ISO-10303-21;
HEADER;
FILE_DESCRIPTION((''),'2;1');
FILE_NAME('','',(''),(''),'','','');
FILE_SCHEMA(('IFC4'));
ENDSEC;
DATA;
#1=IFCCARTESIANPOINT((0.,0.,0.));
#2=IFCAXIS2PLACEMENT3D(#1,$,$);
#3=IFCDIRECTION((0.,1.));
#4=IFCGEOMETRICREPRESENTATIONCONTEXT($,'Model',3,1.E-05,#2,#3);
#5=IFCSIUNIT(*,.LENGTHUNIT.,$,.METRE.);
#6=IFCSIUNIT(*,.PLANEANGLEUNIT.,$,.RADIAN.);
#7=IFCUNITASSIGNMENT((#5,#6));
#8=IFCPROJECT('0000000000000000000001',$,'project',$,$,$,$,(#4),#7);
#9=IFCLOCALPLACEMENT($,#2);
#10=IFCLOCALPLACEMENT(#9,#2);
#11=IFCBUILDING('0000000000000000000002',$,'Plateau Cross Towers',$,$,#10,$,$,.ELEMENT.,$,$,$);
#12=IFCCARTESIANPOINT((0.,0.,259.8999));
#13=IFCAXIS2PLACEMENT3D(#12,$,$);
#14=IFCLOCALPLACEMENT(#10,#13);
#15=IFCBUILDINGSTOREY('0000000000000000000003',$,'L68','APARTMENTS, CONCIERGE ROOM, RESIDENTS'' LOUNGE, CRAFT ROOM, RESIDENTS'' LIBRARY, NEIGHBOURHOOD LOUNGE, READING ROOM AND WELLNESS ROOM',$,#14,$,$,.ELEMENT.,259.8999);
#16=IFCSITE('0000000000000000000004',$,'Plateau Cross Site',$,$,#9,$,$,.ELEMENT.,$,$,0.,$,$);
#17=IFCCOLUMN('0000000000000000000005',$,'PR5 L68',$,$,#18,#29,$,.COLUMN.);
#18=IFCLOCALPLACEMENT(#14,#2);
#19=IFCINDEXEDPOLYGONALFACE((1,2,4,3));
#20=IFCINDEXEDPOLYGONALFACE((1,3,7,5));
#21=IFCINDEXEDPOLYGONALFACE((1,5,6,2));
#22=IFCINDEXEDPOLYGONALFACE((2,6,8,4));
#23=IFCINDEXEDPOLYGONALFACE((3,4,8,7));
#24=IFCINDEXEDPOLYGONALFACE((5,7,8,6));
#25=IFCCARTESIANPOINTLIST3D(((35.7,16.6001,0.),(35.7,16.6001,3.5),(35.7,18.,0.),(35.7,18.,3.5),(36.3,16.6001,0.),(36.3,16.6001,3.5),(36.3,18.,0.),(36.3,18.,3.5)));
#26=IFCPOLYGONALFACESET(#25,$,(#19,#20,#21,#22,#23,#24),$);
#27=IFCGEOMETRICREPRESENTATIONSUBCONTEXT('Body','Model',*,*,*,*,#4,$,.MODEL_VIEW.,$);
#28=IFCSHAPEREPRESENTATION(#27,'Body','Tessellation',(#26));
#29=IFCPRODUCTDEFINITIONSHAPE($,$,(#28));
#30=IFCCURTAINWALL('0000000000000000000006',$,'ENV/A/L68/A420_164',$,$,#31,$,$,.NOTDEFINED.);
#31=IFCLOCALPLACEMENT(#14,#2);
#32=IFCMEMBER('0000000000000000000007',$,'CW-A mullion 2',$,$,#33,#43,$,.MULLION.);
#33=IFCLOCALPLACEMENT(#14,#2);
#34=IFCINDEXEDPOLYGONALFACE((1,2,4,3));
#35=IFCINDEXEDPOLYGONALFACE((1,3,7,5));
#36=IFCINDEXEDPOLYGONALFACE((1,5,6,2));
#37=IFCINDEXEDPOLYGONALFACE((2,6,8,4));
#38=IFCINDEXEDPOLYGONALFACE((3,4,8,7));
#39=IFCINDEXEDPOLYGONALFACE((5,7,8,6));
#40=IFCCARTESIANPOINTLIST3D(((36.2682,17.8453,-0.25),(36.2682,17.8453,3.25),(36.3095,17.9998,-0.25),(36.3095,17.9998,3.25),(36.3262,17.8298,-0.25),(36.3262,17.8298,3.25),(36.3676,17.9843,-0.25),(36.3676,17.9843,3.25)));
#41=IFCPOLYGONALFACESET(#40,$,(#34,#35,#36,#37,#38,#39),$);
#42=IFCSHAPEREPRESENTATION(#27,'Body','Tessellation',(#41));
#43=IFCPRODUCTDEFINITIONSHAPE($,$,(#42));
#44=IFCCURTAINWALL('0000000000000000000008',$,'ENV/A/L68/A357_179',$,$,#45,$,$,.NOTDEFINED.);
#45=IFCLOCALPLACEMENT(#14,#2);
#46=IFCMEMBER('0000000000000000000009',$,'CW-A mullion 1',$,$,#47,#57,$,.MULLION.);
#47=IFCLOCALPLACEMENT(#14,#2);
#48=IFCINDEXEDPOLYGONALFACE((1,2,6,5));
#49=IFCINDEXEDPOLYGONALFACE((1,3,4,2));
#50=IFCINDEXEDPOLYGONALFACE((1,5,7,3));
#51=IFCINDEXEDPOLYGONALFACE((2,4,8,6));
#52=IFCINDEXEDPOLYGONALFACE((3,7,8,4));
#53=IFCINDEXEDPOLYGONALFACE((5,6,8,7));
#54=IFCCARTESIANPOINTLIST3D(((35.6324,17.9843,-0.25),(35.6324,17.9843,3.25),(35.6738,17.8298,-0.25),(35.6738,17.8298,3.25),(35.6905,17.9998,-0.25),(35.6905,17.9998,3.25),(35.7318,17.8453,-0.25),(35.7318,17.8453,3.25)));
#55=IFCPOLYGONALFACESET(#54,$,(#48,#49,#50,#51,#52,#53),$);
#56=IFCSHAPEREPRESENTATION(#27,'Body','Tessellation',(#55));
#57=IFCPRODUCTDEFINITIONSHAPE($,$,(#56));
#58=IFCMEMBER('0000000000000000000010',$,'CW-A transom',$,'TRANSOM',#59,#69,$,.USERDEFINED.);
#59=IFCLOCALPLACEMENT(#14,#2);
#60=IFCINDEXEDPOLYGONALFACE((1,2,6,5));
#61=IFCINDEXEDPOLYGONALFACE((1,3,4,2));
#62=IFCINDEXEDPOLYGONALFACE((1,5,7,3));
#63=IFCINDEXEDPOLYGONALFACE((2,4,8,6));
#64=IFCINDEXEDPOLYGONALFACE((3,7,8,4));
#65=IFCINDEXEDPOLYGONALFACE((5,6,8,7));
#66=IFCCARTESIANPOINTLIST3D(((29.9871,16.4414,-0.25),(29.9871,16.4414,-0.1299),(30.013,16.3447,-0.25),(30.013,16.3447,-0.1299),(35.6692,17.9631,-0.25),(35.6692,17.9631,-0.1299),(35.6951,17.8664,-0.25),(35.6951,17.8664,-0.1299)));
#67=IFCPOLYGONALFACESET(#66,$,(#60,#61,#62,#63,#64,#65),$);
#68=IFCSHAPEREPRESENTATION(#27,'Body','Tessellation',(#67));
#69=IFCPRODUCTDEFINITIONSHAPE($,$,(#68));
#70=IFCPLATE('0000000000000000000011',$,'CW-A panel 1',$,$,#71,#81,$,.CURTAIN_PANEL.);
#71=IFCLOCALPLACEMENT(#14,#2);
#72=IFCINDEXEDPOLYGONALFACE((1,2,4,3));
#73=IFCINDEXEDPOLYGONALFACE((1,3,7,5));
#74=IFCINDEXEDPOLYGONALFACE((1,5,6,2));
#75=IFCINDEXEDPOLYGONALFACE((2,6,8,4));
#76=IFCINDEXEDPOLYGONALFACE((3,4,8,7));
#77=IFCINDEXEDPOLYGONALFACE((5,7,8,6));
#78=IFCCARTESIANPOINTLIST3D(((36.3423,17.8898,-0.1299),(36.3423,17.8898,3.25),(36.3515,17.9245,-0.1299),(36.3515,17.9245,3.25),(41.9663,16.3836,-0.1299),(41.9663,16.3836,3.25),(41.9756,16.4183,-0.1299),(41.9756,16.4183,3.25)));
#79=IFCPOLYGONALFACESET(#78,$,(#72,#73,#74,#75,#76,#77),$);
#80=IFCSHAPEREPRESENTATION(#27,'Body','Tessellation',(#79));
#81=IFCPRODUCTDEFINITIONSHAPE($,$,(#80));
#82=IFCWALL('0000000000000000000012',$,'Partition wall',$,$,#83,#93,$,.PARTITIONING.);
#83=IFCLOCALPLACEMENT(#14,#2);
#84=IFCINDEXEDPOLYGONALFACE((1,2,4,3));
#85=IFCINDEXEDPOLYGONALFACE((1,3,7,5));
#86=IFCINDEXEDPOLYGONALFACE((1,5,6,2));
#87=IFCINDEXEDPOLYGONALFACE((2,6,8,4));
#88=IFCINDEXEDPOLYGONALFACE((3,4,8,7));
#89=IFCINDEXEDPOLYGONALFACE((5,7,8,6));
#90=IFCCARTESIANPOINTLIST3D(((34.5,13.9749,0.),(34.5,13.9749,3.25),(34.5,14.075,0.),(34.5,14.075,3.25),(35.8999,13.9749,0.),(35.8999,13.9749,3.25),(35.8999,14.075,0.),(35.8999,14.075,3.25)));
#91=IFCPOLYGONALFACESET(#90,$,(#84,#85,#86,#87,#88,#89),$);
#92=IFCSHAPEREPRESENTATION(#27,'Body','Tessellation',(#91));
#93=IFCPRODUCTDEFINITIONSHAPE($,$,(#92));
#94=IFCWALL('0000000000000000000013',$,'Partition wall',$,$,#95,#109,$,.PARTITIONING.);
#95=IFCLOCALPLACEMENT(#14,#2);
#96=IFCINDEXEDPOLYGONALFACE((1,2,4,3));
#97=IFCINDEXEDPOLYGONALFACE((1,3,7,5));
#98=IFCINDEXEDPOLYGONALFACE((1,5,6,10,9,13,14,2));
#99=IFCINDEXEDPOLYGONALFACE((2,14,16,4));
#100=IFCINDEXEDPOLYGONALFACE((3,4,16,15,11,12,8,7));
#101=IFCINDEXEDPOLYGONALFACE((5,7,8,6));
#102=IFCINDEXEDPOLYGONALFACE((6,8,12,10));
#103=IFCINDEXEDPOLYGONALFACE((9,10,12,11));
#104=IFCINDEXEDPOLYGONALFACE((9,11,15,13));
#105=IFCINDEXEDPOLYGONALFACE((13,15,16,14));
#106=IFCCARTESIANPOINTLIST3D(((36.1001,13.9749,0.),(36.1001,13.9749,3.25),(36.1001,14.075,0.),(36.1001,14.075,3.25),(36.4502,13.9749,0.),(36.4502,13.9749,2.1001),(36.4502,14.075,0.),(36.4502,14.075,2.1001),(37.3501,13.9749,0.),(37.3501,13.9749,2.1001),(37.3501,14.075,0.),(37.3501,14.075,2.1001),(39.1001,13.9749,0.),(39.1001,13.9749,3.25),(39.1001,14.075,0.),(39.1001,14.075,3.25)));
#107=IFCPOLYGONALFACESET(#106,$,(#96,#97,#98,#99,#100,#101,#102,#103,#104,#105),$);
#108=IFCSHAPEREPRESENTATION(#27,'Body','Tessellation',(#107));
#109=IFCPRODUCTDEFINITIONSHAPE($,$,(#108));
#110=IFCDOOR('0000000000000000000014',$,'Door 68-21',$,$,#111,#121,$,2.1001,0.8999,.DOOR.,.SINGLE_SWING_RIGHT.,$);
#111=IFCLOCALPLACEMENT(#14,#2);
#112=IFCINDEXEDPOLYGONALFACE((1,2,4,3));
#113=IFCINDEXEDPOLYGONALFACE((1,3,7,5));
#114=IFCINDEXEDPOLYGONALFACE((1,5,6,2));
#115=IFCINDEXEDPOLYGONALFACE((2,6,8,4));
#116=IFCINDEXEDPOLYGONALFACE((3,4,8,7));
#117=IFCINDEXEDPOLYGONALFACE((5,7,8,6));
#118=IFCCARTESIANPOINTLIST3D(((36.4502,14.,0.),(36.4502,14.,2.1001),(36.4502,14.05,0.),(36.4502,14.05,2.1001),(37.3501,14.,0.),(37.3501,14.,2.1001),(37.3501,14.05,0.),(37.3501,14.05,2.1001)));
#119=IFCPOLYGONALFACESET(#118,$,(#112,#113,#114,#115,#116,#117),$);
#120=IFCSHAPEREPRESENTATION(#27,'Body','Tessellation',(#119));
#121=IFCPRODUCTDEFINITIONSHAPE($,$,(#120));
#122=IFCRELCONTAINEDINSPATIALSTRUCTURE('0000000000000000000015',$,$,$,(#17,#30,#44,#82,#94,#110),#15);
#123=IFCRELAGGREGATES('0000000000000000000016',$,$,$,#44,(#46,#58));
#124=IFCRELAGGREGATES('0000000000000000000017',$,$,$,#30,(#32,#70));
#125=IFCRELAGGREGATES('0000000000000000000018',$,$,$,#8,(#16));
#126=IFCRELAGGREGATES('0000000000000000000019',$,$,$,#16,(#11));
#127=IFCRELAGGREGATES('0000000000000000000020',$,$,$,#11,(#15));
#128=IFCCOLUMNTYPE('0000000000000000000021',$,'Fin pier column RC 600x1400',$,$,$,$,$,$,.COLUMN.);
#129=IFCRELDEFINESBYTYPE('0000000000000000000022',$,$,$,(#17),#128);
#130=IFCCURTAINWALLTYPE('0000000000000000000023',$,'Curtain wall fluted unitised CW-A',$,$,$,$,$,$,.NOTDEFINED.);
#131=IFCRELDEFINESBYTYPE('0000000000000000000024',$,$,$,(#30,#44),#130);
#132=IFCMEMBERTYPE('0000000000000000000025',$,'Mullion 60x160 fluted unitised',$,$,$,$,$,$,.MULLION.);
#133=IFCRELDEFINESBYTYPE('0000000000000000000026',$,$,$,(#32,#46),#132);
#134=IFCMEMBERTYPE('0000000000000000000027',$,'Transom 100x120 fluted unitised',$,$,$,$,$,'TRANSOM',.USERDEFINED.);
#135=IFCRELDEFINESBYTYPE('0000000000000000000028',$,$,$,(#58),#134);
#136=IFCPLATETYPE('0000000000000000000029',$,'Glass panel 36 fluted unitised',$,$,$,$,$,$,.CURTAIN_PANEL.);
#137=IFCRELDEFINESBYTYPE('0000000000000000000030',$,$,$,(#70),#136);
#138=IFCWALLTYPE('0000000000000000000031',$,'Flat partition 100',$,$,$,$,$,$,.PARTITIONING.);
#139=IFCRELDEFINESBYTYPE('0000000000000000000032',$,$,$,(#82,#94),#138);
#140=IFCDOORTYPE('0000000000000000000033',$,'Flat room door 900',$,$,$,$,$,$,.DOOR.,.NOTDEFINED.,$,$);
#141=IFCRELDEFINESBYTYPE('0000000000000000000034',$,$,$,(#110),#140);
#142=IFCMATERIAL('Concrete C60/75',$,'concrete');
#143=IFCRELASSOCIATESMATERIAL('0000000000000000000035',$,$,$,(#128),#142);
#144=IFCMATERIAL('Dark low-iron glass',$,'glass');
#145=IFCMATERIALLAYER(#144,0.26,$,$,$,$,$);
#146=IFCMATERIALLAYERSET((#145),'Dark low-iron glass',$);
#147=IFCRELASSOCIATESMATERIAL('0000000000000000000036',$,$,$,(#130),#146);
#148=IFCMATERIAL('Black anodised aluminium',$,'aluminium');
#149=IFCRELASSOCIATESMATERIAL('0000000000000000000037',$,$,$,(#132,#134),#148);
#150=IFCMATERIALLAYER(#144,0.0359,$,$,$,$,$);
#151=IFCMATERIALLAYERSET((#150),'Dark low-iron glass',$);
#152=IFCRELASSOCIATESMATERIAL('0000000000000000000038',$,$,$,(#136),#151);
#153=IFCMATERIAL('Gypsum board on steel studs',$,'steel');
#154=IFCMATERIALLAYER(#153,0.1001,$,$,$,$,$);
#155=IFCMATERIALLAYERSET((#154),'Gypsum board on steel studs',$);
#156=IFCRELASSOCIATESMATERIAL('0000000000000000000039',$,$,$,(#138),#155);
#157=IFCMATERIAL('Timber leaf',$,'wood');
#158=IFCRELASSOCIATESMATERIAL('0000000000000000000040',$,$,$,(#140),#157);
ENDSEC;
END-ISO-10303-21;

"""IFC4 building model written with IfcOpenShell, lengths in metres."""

from ifc_helpers import new_model, si_unit, direction, frame, frame_2d, origin, origin_2d, place, context, subcontext, project, spatial, rectangle, extrude, material, layer, layer_set, material_profile, profile_set, type_object, element, fill, aggregate, save


model = new_model("IFC4")

# Units and contexts
model_context = context("Model", 3, precision=1e-05, world=origin(), true_north=direction((0.0, 1.0)))
body_context = subcontext(model_context, "Body", "Model", "MODEL_VIEW")
ifc_project = project(units=[si_unit("LENGTHUNIT", "METRE"), si_unit("PLANEANGLEUNIT", "RADIAN")], contexts=[model_context])

# Site, building, storey
site_placement = place(None, origin())
site = spatial("IfcSite", under=ifc_project, at=site_placement, Name="Plateau Cross Site", CompositionType="ELEMENT", RefElevation=0.0)
building_placement = place(site_placement, origin())
building = spatial("IfcBuilding", under=site, at=building_placement, Name="Plateau Cross Towers", CompositionType="ELEMENT")
storey_placement = place(building_placement, frame((0.0, 0.0, 259.8999)))
storey = spatial("IfcBuildingStorey", under=building, at=storey_placement, Name="L68", Description="APARTMENTS, CONCIERGE ROOM, RESIDENTS' LOUNGE, CRAFT ROOM, RESIDENTS' LIBRARY, NEIGHBOURHOOD LOUNGE, READING ROOM AND WELLNESS ROOM", CompositionType="ELEMENT", Elevation=259.8999)

# Column
ifc_material_1 = material(Name="Concrete C60/75", Category="concrete")
ifc_material_profile_1 = material_profile(ifc_material_1, rectangle(XDim=0.6001, YDim=1.3999, at=origin_2d()), Name="RC 600x1400")
ifc_profile_set_1 = profile_set([ifc_material_profile_1], Name="Concrete C60/75")
column_type = type_object("IfcColumnType", Name="Fin pier column RC 600x1400", PredefinedType="COLUMN", material=ifc_profile_set_1)
column_placement = place(storey_placement, frame((36.0, 17.3, 0.0), z_axis=(0.0, 0.0, 1.0), x_axis=(1.0, 0.0, 0.0)))
element("IfcColumn", 1, at=column_placement, inside=storey, type_object=column_type, Name="PR5 L68", PredefinedType="COLUMN", context=body_context, shape_type="SweptSolid", body=[
    extrude(rectangle(XDim=0.6001, YDim=1.3999, at=origin_2d()), origin(), (0.0, 0.0, 1.0), 3.5),
])

# Curtain wall, member
ifc_material_2 = material(Name="Dark low-iron glass", Category="glass")
ifc_layer_1 = layer(ifc_material_2, 0.26)
ifc_layer_set_1 = layer_set([ifc_layer_1], Name="Dark low-iron glass")
curtain_wall_type = type_object("IfcCurtainWallType", Name="Curtain wall fluted unitised CW-A", PredefinedType="NOTDEFINED", material=ifc_layer_set_1)
curtain_wall_1_placement = place(storey_placement, origin())
curtain_wall_1 = element("IfcCurtainWall", 2, at=curtain_wall_1_placement, inside=storey, type_object=curtain_wall_type, Name="ENV/A/L68/A420_164", PredefinedType="NOTDEFINED")
ifc_material_3 = material(Name="Black anodised aluminium", Category="aluminium")
ifc_material_profile_2 = material_profile(ifc_material_3, rectangle(XDim=0.0601, YDim=0.1599, at=origin_2d()), Name="MULLION 60x160")
ifc_profile_set_2 = profile_set([ifc_material_profile_2], Name="Black anodised aluminium")
member_type_1 = type_object("IfcMemberType", Name="Mullion 60x160 fluted unitised", PredefinedType="MULLION", material=ifc_profile_set_2)
member_1_placement = place(storey_placement, frame((36.3179, 17.9148, -0.25), z_axis=(0.0, 0.0, 1.0), x_axis=(-0.965958, 0.258699, 0.0)))
member_1 = element("IfcMember", 3, at=member_1_placement, type_object=member_type_1, Name="CW-A mullion 2", PredefinedType="MULLION", context=body_context, shape_type="SweptSolid", body=[
    extrude(rectangle(XDim=0.0601, YDim=0.1599, at=origin_2d()), origin(), (0.0, 0.0, 1.0), 3.5),
])

# Curtain wall, members
curtain_wall_2_placement = place(storey_placement, origin())
curtain_wall_2 = element("IfcCurtainWall", 4, at=curtain_wall_2_placement, inside=storey, type_object=curtain_wall_type, Name="ENV/A/L68/A357_179", PredefinedType="NOTDEFINED")
member_2_placement = place(storey_placement, frame((35.6821, 17.9148, -0.25), z_axis=(0.0, 0.0, 1.0), x_axis=(-0.965958, -0.258699, 0.0)))
member_2 = element("IfcMember", 5, at=member_2_placement, type_object=member_type_1, Name="CW-A mullion 1", PredefinedType="MULLION", context=body_context, shape_type="SweptSolid", body=[
    extrude(rectangle(XDim=0.0601, YDim=0.1599, at=origin_2d()), origin(), (0.0, 0.0, 1.0), 3.5),
])
ifc_material_profile_3 = material_profile(ifc_material_3, rectangle(XDim=0.1001, YDim=0.1201, at=origin_2d()), Name="TRANSOM 100x120")
ifc_profile_set_3 = profile_set([ifc_material_profile_3], Name="Black anodised aluminium")
member_type_2 = type_object("IfcMemberType", Name="Transom 100x120 fluted unitised", ElementType="TRANSOM", PredefinedType="USERDEFINED", material=ifc_profile_set_3)
member_3_placement = place(storey_placement, frame((35.6821, 17.9148, -0.1899), z_axis=(-0.96596, -0.258693, 0.0), x_axis=(0.258693, -0.96596, 0.0)))
member_3 = element("IfcMember", 6, at=member_3_placement, type_object=member_type_2, Name="CW-A transom", ObjectType="TRANSOM", PredefinedType="USERDEFINED", context=body_context, shape_type="SweptSolid", body=[
    extrude(rectangle(XDim=0.1001, YDim=0.1201, at=origin_2d()), origin(), (0.0, 0.0, 1.0), 5.8823),
])
aggregate(curtain_wall_2, [member_2, member_3])

# Plate
ifc_layer_2 = layer(ifc_material_2, 0.0359)
ifc_layer_set_2 = layer_set([ifc_layer_2], Name="Dark low-iron glass")
plate_type = type_object("IfcPlateType", Name="Glass panel 36 fluted unitised", PredefinedType="CURTAIN_PANEL", material=ifc_layer_set_2)
plate_placement = place(storey_placement, frame((39.1589, 17.1541, -0.1299), z_axis=(0.0, 0.0, 1.0), x_axis=(-0.965958, 0.258699, 0.0)))
plate = element("IfcPlate", 7, at=plate_placement, type_object=plate_type, Name="CW-A panel 1", PredefinedType="CURTAIN_PANEL", context=body_context, shape_type="SweptSolid", body=[
    extrude(rectangle(XDim=5.8223, YDim=0.0359, at=origin_2d()), origin(), (0.0, 0.0, 1.0), 3.3799),
])
aggregate(curtain_wall_1, [member_1, plate])

# Wall
ifc_material_4 = material(Name="Gypsum board on steel studs", Category="steel")
ifc_layer_3 = layer(ifc_material_4, 0.1001)
ifc_layer_set_3 = layer_set([ifc_layer_3], Name="Gypsum board on steel studs")
wall_type_1 = type_object("IfcWallType", Name="Flat partition 100", PredefinedType="PARTITIONING", material=ifc_layer_set_3)
wall_1_placement = place(storey_placement, frame((35.8999, 14.0249, 0.0), z_axis=(0.0, 0.0, 1.0), x_axis=(-1.0, 0.0, 0.0)))
element("IfcWall", 8, at=wall_1_placement, inside=storey, type_object=wall_type_1, Name="Partition wall", PredefinedType="PARTITIONING", context=body_context, shape_type="SweptSolid", body=[
    extrude(rectangle(XDim=1.3999, YDim=0.1001, at=frame_2d((0.7, 0.0))), origin(), (0.0, 0.0, 1.0), 3.25),
])

# Wall, opening, door
wall_2_placement = place(storey_placement, frame((39.1001, 14.0249, 0.0), z_axis=(0.0, 0.0, 1.0), x_axis=(-1.0, 0.0, 0.0)))
wall_2 = element("IfcWall", 9, at=wall_2_placement, inside=storey, type_object=wall_type_1, Name="Partition wall", PredefinedType="PARTITIONING", context=body_context, shape_type="SweptSolid", body=[
    extrude(rectangle(XDim=3.0, YDim=0.1001, at=frame_2d((1.5, 0.0))), origin(), (0.0, 0.0, 1.0), 3.25),
])
opening_1_placement = place(wall_2_placement, frame((1.75, 0.0, 0.0)))
opening_1 = element("IfcOpeningElement", 10, at=opening_1_placement, cuts=wall_2, PredefinedType="OPENING", context=body_context, shape_type="SweptSolid", body=[
    extrude(rectangle(XDim=0.8999, YDim=2.1001, at=frame_2d((0.45, 1.05))), frame((0.0, 0.0601, 0.0), z_axis=(0.0, -1.0, 0.0), x_axis=(1.0, 0.0, 0.0)), (0.0, 0.0, 1.0), 0.1201),
])
ifc_material_5 = material(Name="Timber leaf", Category="wood")
door_type = type_object("IfcDoorType", Name="Flat room door 900", OperationType="NOTDEFINED", PredefinedType="DOOR", material=ifc_material_5)
door_1_placement = place(opening_1_placement, origin())
door_1 = element("IfcDoor", 11, at=door_1_placement, inside=storey, type_object=door_type, Name="Door 68-21", OperationType="SINGLE_SWING_RIGHT", OverallHeight=2.1001, OverallWidth=0.8999, PredefinedType="DOOR", context=body_context, shape_type="SweptSolid", body=[
    extrude(rectangle(XDim=0.8999, YDim=2.1001, at=frame_2d((0.45, 1.05))), frame((0.0, 0.0249, 0.0), z_axis=(0.0, -1.0, 0.0), x_axis=(1.0, 0.0, 0.0)), (0.0, 0.0, 1.0), 0.05),
])
fill(opening_1, door_1)

save(model, "model.ifc")
